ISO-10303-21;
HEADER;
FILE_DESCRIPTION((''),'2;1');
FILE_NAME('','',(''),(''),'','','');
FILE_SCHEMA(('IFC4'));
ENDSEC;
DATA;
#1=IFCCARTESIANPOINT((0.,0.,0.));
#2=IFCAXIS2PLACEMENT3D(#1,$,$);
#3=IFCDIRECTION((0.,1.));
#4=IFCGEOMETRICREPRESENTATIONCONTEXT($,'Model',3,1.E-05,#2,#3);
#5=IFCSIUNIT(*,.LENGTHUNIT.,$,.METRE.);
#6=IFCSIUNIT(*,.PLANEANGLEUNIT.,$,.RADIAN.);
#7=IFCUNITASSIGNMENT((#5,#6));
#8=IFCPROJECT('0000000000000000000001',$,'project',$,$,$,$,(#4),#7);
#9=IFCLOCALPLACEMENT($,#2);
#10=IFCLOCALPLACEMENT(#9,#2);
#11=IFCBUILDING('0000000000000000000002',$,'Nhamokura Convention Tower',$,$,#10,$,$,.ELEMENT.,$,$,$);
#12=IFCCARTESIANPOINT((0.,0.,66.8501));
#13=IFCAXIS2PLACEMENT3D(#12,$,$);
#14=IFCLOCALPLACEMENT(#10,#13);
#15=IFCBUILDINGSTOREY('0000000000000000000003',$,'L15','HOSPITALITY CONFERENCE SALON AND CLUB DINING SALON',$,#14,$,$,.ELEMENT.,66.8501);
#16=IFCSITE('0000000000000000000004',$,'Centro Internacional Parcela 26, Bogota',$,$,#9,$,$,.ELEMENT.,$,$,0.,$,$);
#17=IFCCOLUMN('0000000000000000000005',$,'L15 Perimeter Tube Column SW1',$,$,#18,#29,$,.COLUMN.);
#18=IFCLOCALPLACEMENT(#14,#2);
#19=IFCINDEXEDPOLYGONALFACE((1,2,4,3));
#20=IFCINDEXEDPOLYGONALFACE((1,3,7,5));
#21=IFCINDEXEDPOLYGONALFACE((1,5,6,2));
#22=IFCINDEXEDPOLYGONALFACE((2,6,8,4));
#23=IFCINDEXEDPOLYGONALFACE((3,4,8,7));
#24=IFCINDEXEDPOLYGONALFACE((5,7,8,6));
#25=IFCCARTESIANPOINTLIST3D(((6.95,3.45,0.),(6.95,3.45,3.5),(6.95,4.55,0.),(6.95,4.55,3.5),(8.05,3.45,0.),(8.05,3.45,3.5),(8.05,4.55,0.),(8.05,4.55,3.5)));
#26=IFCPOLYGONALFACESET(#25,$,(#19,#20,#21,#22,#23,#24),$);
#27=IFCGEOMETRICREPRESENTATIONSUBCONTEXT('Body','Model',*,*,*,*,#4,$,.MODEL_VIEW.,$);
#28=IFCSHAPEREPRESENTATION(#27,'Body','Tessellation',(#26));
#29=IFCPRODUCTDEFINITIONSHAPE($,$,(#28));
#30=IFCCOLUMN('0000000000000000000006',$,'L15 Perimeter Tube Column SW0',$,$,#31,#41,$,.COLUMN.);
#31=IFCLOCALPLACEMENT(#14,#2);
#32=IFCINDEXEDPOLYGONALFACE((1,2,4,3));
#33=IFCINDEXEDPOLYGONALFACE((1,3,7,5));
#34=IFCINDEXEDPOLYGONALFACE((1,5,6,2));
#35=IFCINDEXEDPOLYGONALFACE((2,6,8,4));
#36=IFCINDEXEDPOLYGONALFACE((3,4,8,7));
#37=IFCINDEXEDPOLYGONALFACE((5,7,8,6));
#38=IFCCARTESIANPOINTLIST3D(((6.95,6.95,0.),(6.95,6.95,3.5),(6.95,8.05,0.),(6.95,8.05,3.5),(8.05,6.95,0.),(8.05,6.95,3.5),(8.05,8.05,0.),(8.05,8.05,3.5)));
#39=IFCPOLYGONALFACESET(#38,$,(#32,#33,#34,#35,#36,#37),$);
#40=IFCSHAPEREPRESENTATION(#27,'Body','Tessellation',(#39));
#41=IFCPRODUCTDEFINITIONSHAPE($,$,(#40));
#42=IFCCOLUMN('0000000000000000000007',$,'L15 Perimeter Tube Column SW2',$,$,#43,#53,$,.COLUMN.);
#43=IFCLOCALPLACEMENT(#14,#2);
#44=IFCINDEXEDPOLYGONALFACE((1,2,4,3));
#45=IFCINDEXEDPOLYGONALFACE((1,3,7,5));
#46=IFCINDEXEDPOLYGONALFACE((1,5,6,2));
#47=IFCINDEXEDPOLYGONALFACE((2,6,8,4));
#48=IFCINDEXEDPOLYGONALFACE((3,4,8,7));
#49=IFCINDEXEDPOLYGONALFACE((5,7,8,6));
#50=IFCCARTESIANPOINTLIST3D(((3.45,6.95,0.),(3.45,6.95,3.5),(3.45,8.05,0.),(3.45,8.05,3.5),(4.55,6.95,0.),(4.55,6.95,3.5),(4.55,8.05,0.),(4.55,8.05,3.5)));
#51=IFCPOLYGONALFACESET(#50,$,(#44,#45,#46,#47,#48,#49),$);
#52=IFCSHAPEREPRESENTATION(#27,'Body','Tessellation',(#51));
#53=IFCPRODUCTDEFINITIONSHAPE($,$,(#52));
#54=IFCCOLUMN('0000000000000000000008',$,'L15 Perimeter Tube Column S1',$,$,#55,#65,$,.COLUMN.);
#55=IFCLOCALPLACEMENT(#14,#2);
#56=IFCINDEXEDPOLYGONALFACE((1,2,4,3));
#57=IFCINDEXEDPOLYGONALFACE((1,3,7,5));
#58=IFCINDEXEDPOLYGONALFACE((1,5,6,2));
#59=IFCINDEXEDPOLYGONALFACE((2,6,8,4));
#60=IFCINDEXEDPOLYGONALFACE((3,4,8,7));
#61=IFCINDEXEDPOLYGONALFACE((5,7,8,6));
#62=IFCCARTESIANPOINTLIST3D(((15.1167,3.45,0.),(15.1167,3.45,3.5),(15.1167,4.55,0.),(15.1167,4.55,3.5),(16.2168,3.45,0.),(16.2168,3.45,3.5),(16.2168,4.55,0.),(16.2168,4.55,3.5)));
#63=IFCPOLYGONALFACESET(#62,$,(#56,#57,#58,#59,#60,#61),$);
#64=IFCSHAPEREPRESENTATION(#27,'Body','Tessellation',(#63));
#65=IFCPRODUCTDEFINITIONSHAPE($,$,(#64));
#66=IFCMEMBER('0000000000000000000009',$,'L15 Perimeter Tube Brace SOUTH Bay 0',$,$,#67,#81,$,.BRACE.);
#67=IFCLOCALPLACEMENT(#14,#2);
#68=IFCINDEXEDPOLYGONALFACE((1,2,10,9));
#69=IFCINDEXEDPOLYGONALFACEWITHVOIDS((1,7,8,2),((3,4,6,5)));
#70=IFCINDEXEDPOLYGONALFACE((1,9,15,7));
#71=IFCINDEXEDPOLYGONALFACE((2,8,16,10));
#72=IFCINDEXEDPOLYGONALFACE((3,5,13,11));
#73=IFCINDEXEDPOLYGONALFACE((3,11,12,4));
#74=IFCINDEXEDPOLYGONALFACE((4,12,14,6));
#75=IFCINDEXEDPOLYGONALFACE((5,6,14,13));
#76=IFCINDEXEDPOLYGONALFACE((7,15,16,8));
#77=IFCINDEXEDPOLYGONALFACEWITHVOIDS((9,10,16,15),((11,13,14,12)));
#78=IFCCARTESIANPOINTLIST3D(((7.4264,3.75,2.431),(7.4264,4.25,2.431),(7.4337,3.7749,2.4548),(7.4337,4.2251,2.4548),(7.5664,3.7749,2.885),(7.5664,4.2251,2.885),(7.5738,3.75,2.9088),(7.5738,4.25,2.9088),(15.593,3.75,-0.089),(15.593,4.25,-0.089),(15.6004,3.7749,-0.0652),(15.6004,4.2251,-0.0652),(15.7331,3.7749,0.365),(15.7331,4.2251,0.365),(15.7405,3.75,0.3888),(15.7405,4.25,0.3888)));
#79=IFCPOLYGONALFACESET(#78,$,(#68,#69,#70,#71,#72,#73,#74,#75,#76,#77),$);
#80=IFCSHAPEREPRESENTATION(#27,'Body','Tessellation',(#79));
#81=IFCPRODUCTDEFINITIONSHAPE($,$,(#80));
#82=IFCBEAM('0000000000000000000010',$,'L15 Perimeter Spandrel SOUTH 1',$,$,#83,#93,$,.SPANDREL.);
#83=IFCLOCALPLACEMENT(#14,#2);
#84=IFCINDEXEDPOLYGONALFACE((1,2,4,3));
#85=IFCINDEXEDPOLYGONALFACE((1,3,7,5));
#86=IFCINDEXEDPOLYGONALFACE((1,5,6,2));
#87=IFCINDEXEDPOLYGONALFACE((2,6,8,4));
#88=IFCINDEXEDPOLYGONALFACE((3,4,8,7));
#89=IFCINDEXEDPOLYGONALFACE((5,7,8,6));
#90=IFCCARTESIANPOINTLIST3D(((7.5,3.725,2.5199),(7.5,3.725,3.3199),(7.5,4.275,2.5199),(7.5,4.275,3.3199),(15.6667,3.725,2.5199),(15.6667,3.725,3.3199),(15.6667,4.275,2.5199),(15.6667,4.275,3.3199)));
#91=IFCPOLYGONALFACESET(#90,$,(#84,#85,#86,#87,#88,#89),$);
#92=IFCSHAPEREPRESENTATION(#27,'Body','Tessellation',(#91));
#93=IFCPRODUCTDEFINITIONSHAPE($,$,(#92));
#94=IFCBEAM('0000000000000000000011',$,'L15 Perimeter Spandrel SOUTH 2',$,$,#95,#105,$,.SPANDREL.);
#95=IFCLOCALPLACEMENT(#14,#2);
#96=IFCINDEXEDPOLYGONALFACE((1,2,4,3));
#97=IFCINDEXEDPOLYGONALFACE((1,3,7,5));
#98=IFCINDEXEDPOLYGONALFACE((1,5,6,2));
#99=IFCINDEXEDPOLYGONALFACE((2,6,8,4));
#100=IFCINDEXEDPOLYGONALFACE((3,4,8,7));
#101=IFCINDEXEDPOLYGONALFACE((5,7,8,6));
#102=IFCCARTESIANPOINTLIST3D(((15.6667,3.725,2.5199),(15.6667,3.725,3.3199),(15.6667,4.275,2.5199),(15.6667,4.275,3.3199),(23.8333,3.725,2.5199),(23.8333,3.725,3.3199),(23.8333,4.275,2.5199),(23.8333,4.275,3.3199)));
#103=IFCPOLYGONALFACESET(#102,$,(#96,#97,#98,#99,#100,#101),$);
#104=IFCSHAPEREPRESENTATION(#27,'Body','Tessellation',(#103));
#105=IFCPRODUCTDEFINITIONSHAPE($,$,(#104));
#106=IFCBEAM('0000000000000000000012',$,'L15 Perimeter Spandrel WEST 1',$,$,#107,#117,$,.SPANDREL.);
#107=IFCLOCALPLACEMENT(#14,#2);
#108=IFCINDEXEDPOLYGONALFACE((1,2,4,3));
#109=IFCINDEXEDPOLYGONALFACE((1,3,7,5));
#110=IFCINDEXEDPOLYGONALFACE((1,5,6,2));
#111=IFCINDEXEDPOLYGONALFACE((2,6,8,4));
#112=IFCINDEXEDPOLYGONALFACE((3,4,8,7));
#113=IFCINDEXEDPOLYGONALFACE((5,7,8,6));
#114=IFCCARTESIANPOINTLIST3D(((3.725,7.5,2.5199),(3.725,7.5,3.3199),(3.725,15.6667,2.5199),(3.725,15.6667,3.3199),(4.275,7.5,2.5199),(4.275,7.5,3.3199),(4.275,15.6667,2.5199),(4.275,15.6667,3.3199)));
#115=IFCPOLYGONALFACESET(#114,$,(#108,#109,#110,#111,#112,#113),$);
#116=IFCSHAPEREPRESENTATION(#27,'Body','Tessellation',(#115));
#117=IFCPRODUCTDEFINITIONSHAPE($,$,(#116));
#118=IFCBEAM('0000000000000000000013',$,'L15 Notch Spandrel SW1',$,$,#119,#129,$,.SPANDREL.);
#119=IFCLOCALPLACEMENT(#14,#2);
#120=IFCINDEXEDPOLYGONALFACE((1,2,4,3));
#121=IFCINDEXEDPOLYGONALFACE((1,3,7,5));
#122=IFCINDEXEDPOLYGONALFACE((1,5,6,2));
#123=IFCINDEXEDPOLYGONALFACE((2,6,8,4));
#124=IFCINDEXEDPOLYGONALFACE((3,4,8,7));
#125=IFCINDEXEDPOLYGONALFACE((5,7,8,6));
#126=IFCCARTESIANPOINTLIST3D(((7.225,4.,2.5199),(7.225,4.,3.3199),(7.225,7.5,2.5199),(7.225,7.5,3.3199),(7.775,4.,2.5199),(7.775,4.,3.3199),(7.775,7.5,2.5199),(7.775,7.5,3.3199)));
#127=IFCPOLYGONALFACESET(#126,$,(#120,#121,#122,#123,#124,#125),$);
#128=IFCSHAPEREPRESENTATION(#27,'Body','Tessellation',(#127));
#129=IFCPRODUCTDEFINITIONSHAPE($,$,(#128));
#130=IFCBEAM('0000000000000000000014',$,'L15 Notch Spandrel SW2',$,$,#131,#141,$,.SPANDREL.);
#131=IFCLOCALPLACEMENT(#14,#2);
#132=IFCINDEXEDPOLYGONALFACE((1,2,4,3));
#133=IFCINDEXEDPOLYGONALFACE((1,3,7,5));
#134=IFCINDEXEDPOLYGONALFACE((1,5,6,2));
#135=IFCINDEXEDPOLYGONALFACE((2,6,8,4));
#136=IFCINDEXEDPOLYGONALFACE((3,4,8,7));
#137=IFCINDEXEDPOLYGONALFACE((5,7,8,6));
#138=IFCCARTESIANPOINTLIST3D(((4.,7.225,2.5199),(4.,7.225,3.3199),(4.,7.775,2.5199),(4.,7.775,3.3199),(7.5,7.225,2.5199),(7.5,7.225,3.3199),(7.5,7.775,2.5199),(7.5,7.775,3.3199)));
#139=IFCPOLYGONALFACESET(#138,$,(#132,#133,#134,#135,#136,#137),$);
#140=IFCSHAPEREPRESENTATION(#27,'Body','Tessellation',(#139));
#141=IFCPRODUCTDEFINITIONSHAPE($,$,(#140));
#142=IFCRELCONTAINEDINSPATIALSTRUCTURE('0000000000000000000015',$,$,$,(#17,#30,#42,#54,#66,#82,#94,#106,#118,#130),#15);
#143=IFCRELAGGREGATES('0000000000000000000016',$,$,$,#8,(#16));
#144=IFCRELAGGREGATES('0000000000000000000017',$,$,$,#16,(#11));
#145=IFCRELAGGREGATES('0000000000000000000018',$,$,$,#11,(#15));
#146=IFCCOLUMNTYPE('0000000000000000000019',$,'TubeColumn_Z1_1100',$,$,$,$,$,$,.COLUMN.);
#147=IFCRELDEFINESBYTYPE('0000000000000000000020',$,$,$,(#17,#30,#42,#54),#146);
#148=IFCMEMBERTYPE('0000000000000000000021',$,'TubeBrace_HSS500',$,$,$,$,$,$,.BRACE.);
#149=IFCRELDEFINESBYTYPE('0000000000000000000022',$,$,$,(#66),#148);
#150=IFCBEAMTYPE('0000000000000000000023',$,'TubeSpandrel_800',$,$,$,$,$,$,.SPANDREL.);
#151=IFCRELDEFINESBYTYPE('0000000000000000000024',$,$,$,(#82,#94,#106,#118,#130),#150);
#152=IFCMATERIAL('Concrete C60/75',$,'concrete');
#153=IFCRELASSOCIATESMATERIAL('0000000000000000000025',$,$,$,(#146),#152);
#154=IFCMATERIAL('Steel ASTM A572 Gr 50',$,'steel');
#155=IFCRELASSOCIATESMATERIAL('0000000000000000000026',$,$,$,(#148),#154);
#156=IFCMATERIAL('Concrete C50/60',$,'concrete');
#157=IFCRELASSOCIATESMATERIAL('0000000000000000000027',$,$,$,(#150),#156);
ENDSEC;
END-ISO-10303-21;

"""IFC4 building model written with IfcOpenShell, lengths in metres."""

from ifc_helpers import new_model, si_unit, direction, frame, origin, origin_2d, place, context, subcontext, project, spatial, rectangle, hollow_rectangle, extrude, material, material_profile, profile_set, type_object, element, save


model = new_model("IFC4")

# Units and contexts
model_context = context("Model", 3, precision=1e-05, world=origin(), true_north=direction((0.0, 1.0)))
body_context = subcontext(model_context, "Body", "Model", "MODEL_VIEW")
ifc_project = project(units=[si_unit("LENGTHUNIT", "METRE"), si_unit("PLANEANGLEUNIT", "RADIAN")], contexts=[model_context])

# Site, building, storey
site_placement = place(None, origin())
site = spatial("IfcSite", under=ifc_project, at=site_placement, Name="Centro Internacional Parcela 26, Bogota", CompositionType="ELEMENT", RefElevation=0.0)
building_placement = place(site_placement, origin())
building = spatial("IfcBuilding", under=site, at=building_placement, Name="Nhamokura Convention Tower", CompositionType="ELEMENT")
storey_placement = place(building_placement, frame((0.0, 0.0, 66.8501)))
storey = spatial("IfcBuildingStorey", under=building, at=storey_placement, Name="L15", Description="HOSPITALITY CONFERENCE SALON AND CLUB DINING SALON", CompositionType="ELEMENT", Elevation=66.8501)

# Columns
ifc_material_1 = material(Name="Concrete C60/75", Category="concrete")
ifc_material_profile_1 = material_profile(ifc_material_1, rectangle(XDim=1.1001, YDim=1.1001, at=origin_2d()))
ifc_profile_set_1 = profile_set([ifc_material_profile_1], Name="Concrete C60/75")
column_type = type_object("IfcColumnType", Name="TubeColumn_Z1_1100", PredefinedType="COLUMN", material=ifc_profile_set_1)
for number, where, z_axis, x_axis, name in (
    (1, (7.5, 4.0, 0.0), (0.0, 0.0, 1.0), (1.0, 0.0, 0.0), "L15 Perimeter Tube Column SW1"),
    (2, (7.5, 7.5, 0.0), (0.0, 0.0, 1.0), (1.0, 0.0, 0.0), "L15 Perimeter Tube Column SW0"),
    (3, (4.0, 7.5, 0.0), (0.0, 0.0, 1.0), (1.0, 0.0, 0.0), "L15 Perimeter Tube Column SW2"),
    (4, (15.6667, 4.0, 0.0), (0.0, 0.0, 1.0), (1.0, 0.0, 0.0), "L15 Perimeter Tube Column S1"),
):
    element("IfcColumn", number, at=place(storey_placement, frame(where, z_axis=z_axis, x_axis=x_axis)), inside=storey, type_object=column_type, Name=name, PredefinedType="COLUMN", context=body_context, shape_type="SweptSolid", body=[
        extrude(rectangle(XDim=1.1001, YDim=1.1001, at=origin_2d()), origin(), (0.0, 0.0, 1.0), 3.5),
    ])

# Member
ifc_material_2 = material(Name="Steel ASTM A572 Gr 50", Category="steel")
ifc_material_profile_2 = material_profile(ifc_material_2, hollow_rectangle(XDim=0.5, YDim=0.5, WallThickness=0.0249, at=origin_2d()))
ifc_profile_set_2 = profile_set([ifc_material_profile_2], Name="Steel ASTM A572 Gr 50")
member_type = type_object("IfcMemberType", Name="TubeBrace_HSS500", PredefinedType="BRACE", material=ifc_profile_set_2)
member_placement = place(storey_placement, frame((15.6667, 4.0, 0.1499), z_axis=(-0.955543, 0.0, 0.294853), x_axis=(0.0, -1.0, 0.0)))
element("IfcMember", 5, at=member_placement, inside=storey, type_object=member_type, Name="L15 Perimeter Tube Brace SOUTH Bay 0", PredefinedType="BRACE", context=body_context, shape_type="SweptSolid", body=[
    extrude(hollow_rectangle(XDim=0.5, YDim=0.5, WallThickness=0.0249, at=origin_2d()), origin(), (0.0, 0.0, 1.0), 8.5466),
])

# Beams
ifc_material_3 = material(Name="Concrete C50/60", Category="concrete")
ifc_material_profile_3 = material_profile(ifc_material_3, rectangle(XDim=0.55, YDim=0.8, at=origin_2d()))
ifc_profile_set_3 = profile_set([ifc_material_profile_3], Name="Concrete C50/60")
beam_type = type_object("IfcBeamType", Name="TubeSpandrel_800", PredefinedType="SPANDREL", material=ifc_profile_set_3)
beam_1_placement = place(storey_placement, frame((7.5, 4.0, 2.9199), z_axis=(1.0, 0.0, 0.0), x_axis=(0.0, 1.0, 0.0)))
element("IfcBeam", 6, at=beam_1_placement, inside=storey, type_object=beam_type, Name="L15 Perimeter Spandrel SOUTH 1", PredefinedType="SPANDREL", context=body_context, shape_type="SweptSolid", body=[
    extrude(rectangle(XDim=0.55, YDim=0.8, at=origin_2d()), origin(), (0.0, 0.0, 1.0), 8.1667),
])
beam_2_placement = place(storey_placement, frame((15.6667, 4.0, 2.9199), z_axis=(1.0, 0.0, 0.0), x_axis=(0.0, 1.0, 0.0)))
element("IfcBeam", 7, at=beam_2_placement, inside=storey, type_object=beam_type, Name="L15 Perimeter Spandrel SOUTH 2", PredefinedType="SPANDREL", context=body_context, shape_type="SweptSolid", body=[
    extrude(rectangle(XDim=0.55, YDim=0.8, at=origin_2d()), origin(), (0.0, 0.0, 1.0), 8.1665),
])
beam_3_placement = place(storey_placement, frame((4.0, 7.5, 2.9199), z_axis=(0.0, 1.0, 0.0), x_axis=(-1.0, 0.0, 0.0)))
element("IfcBeam", 8, at=beam_3_placement, inside=storey, type_object=beam_type, Name="L15 Perimeter Spandrel WEST 1", PredefinedType="SPANDREL", context=body_context, shape_type="SweptSolid", body=[
    extrude(rectangle(XDim=0.55, YDim=0.8, at=origin_2d()), origin(), (0.0, 0.0, 1.0), 8.1667),
])
for number, where, z_axis, x_axis, name in (
    (9, (7.5, 4.0, 2.9199), (0.0, 1.0, 0.0), (-1.0, 0.0, 0.0), "L15 Notch Spandrel SW1"),
    (10, (7.5, 7.5, 2.9199), (-1.0, 0.0, 0.0), (0.0, -1.0, 0.0), "L15 Notch Spandrel SW2"),
):
    element("IfcBeam", number, at=place(storey_placement, frame(where, z_axis=z_axis, x_axis=x_axis)), inside=storey, type_object=beam_type, Name=name, PredefinedType="SPANDREL", context=body_context, shape_type="SweptSolid", body=[
        extrude(rectangle(XDim=0.55, YDim=0.8, at=origin_2d()), origin(), (0.0, 0.0, 1.0), 3.5),
    ])

save(model, "model.ifc")
